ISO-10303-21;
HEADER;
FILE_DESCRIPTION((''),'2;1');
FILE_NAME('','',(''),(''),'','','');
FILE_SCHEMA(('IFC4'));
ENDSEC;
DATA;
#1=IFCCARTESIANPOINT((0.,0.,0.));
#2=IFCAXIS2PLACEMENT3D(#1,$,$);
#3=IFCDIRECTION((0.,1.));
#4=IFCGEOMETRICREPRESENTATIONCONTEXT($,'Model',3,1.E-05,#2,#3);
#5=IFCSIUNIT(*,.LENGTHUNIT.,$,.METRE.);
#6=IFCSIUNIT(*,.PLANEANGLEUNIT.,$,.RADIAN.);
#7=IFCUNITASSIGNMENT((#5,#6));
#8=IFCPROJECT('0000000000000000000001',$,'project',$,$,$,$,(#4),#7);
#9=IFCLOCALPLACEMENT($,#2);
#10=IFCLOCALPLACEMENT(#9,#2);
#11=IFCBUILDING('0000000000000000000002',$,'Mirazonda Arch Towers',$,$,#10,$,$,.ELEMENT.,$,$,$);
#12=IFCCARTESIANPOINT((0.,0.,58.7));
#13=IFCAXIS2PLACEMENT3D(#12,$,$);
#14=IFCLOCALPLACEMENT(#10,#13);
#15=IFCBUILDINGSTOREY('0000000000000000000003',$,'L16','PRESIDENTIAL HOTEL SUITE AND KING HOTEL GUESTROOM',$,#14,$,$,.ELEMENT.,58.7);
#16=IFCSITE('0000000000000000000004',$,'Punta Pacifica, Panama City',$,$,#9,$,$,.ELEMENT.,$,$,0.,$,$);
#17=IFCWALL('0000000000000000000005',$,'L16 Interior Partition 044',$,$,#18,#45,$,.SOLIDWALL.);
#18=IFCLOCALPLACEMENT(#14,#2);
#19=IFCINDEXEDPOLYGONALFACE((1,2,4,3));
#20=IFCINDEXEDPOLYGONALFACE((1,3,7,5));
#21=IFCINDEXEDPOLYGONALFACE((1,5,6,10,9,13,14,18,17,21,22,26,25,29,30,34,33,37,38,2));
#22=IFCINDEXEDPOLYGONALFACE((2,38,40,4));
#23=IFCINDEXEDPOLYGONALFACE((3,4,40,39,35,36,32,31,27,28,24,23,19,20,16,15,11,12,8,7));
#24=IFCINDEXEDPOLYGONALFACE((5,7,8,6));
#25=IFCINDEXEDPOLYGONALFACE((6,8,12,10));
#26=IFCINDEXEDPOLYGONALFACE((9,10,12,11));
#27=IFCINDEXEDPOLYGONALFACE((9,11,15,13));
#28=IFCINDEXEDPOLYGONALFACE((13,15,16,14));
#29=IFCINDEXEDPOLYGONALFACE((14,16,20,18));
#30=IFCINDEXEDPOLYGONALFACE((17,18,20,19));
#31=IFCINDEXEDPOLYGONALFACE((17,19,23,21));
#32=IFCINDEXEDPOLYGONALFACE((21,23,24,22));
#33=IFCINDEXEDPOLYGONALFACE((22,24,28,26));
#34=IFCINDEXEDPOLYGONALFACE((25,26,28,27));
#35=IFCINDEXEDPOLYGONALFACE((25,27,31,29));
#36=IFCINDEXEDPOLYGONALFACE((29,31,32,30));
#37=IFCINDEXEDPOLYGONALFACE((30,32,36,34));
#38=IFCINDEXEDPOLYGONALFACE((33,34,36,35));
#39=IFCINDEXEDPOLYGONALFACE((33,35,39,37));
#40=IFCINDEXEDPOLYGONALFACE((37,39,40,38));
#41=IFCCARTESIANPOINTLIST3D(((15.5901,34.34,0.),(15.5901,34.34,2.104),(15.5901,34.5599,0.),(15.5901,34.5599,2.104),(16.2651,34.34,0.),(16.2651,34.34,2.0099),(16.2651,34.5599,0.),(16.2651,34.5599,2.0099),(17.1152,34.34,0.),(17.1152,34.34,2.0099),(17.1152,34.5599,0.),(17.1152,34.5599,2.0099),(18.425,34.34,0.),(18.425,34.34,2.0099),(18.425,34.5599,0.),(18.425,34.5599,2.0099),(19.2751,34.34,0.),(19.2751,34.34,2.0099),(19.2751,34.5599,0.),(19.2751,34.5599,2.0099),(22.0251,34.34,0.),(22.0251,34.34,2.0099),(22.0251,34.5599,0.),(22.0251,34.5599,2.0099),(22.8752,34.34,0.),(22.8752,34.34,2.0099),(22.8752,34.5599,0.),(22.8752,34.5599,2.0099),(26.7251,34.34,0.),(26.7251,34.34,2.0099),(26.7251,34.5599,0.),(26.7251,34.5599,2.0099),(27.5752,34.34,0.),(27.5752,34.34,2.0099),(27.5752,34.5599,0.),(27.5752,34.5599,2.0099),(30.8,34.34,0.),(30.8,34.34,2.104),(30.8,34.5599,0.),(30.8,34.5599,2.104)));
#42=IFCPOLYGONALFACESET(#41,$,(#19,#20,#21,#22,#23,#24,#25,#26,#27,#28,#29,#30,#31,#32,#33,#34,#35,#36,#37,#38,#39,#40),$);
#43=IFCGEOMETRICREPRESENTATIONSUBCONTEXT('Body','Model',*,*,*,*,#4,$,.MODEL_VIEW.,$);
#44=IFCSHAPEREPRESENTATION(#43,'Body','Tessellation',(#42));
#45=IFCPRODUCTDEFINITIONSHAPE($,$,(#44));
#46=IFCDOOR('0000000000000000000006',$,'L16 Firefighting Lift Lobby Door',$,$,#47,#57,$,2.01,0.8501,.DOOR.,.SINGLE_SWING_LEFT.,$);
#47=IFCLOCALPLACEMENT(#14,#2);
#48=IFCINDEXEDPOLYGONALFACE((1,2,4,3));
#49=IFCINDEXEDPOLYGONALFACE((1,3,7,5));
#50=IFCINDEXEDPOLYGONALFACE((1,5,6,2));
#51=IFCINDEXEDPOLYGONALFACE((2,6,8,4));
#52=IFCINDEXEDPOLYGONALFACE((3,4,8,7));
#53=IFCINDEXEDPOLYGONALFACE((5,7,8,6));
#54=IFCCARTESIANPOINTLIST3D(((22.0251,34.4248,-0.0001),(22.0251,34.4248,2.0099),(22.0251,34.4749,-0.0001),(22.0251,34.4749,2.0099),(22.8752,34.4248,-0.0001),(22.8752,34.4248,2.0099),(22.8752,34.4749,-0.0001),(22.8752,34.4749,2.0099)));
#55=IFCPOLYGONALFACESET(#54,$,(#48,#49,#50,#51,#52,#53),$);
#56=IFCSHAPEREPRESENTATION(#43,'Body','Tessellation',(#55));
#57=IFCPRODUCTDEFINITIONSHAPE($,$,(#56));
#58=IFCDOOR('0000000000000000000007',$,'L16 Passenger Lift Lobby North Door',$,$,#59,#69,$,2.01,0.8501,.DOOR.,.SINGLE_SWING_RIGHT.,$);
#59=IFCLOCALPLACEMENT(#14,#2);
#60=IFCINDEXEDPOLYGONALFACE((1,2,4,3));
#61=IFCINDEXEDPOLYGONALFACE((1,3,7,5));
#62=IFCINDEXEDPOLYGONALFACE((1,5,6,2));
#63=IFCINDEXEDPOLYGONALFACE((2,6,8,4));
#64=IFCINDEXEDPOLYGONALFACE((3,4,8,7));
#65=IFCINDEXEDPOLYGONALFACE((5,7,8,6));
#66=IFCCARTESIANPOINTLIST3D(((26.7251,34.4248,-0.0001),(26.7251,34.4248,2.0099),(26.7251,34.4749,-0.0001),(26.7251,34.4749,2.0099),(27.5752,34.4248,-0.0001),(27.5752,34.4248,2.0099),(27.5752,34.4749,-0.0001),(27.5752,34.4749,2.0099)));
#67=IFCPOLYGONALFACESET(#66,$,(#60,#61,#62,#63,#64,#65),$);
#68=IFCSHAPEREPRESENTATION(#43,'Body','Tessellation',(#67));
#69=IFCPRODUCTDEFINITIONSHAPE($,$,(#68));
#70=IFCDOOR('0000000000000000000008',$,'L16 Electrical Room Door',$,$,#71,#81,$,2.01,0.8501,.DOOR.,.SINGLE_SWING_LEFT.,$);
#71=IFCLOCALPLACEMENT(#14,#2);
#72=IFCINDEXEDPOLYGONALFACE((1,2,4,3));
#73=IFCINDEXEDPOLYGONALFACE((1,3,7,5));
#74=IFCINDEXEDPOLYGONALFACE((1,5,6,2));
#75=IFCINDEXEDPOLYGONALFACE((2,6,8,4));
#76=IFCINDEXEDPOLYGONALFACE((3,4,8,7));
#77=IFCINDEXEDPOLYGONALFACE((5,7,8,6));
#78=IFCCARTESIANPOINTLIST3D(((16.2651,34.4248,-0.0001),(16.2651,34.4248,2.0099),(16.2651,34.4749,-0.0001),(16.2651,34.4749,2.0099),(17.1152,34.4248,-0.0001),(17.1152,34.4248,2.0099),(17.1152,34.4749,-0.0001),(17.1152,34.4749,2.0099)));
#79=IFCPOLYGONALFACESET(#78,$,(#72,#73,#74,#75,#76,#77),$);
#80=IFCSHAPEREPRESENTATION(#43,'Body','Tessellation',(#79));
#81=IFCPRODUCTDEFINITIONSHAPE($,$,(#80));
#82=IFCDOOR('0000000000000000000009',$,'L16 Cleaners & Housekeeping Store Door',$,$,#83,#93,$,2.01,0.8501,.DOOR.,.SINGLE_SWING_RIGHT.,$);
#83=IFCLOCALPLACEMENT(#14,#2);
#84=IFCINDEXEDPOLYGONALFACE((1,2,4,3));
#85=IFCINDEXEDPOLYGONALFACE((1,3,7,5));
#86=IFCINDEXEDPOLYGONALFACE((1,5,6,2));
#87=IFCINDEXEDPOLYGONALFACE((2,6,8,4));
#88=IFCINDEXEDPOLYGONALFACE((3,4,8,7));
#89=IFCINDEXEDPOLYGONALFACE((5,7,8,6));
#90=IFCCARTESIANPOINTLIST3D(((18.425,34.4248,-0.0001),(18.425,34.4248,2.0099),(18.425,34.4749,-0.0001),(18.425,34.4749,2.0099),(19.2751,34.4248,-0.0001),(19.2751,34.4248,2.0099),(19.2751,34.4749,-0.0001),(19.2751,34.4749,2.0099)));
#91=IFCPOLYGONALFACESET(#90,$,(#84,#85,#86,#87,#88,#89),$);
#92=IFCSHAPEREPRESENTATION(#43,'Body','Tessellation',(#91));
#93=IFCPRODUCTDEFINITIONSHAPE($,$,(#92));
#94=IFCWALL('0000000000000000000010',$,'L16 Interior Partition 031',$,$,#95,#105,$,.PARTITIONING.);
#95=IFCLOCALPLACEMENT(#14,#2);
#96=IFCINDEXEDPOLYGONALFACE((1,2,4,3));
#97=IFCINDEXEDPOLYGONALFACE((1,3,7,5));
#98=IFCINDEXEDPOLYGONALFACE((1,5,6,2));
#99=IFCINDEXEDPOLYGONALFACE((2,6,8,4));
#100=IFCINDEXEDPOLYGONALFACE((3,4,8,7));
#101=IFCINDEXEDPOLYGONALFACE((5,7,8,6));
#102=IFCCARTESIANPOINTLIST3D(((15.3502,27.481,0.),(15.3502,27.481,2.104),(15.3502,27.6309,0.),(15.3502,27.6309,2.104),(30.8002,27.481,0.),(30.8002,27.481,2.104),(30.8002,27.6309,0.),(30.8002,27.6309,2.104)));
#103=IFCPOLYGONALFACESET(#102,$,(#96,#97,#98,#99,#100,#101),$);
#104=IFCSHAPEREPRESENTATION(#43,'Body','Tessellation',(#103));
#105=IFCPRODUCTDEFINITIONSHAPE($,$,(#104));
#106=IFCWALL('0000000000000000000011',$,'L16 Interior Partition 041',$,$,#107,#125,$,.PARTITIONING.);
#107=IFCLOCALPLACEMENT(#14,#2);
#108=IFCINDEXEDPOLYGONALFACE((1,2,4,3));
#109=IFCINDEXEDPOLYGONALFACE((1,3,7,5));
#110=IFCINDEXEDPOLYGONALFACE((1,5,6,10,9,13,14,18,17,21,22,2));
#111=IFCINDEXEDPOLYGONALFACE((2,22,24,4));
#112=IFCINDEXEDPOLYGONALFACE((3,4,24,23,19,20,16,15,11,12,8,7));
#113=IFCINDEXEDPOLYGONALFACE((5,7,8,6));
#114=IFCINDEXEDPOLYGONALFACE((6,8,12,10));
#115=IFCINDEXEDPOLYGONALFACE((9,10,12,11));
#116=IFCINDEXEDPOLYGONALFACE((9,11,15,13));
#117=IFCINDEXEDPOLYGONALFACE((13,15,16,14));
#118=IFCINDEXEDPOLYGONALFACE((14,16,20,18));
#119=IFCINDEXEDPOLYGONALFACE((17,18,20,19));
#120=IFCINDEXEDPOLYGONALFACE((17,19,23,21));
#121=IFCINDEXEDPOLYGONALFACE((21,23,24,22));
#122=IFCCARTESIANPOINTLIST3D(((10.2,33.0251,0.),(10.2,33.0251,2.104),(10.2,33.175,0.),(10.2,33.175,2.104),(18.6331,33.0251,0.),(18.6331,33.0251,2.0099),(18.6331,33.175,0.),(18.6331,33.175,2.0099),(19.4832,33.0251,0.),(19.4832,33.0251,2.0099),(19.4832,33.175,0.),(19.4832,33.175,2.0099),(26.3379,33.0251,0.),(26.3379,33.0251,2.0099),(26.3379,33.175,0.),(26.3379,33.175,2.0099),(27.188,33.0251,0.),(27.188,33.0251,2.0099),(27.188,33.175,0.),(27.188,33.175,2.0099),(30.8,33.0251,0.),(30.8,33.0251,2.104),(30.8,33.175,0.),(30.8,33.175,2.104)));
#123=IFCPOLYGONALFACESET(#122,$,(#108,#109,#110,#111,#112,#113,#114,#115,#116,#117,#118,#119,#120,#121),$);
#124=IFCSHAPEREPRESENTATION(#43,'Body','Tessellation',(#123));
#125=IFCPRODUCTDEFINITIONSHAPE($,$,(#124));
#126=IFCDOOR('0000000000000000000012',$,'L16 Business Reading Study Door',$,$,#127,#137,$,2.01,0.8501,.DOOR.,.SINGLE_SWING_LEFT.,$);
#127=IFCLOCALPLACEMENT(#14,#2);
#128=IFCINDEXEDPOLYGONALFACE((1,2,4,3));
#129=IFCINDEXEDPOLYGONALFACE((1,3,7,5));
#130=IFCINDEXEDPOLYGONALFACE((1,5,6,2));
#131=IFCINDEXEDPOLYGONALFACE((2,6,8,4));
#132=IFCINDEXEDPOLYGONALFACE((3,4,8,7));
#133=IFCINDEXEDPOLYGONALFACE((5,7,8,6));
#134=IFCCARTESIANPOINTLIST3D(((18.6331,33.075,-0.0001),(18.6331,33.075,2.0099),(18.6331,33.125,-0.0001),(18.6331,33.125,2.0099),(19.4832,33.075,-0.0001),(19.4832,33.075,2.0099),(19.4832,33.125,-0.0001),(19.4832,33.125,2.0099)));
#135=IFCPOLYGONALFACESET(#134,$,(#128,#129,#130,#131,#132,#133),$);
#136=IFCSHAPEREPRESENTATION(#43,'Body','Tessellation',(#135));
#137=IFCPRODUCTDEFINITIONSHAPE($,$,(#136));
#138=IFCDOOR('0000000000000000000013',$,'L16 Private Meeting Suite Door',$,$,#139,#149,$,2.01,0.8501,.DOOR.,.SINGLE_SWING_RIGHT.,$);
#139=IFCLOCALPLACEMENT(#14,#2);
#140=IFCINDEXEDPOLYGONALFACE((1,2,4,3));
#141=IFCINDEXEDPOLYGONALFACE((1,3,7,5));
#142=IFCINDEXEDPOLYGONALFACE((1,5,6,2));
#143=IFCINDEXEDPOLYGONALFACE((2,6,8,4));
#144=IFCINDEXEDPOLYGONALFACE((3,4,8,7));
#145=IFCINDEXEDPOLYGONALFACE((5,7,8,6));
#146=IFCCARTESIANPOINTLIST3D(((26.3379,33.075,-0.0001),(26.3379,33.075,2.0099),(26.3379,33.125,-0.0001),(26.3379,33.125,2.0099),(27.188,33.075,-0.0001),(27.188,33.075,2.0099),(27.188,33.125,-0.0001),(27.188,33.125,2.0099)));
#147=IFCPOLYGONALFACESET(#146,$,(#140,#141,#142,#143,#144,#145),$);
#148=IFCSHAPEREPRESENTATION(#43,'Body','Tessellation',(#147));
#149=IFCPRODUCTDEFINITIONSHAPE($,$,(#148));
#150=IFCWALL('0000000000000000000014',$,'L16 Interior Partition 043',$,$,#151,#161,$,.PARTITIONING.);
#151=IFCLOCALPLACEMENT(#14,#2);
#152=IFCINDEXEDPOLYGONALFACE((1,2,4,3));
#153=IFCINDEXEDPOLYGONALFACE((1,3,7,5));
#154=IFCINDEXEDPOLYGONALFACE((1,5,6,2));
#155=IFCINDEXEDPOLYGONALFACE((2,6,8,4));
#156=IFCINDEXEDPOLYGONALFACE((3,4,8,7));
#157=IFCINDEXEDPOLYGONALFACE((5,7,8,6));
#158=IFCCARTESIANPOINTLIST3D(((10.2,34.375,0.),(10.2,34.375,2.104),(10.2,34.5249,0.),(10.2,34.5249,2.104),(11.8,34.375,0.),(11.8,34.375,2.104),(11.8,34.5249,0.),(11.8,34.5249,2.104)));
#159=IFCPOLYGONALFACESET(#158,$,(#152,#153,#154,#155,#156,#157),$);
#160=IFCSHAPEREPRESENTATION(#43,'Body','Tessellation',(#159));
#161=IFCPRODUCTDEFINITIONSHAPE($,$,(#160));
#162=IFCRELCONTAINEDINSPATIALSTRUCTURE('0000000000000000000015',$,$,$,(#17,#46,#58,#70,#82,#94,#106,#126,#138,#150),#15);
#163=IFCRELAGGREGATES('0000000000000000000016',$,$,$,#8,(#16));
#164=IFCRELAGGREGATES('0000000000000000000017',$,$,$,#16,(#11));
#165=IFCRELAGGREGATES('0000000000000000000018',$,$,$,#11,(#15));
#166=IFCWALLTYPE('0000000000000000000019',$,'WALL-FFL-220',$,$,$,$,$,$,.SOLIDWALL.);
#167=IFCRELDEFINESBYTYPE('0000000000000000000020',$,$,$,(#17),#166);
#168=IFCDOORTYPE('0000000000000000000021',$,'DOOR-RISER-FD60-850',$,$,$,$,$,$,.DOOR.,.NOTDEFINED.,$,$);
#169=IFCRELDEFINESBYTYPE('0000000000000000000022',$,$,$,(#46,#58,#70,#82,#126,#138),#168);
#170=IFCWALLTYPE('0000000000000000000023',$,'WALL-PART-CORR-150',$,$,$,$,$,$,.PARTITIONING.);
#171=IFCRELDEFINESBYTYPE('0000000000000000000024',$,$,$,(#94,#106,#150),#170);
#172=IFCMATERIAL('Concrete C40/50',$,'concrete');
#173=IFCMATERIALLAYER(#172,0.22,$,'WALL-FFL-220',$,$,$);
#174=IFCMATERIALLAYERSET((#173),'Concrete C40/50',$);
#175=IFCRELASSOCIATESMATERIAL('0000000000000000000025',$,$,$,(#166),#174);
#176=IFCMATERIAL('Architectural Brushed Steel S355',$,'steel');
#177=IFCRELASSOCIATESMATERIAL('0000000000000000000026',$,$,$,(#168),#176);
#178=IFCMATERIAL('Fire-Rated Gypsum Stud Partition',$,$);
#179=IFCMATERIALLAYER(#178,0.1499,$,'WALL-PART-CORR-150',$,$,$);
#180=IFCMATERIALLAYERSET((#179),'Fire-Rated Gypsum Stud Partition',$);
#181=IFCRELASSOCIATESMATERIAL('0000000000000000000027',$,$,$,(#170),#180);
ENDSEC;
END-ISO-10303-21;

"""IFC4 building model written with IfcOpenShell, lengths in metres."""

from ifc_helpers import new_model, si_unit, direction, frame, frame_2d, origin, place, context, subcontext, project, spatial, rectangle, extrude, material, layer, layer_set, type_object, element, fill, save


model = new_model("IFC4")

# Units and contexts
model_context = context("Model", 3, precision=1e-05, world=origin(), true_north=direction((0.0, 1.0)))
body_context = subcontext(model_context, "Body", "Model", "MODEL_VIEW")
ifc_project = project(units=[si_unit("LENGTHUNIT", "METRE"), si_unit("PLANEANGLEUNIT", "RADIAN")], contexts=[model_context])

# Site, building, storey
site_placement = place(None, origin())
site = spatial("IfcSite", under=ifc_project, at=site_placement, Name="Punta Pacifica, Panama City", CompositionType="ELEMENT", RefElevation=0.0)
building_placement = place(site_placement, origin())
building = spatial("IfcBuilding", under=site, at=building_placement, Name="Mirazonda Arch Towers", CompositionType="ELEMENT")
storey_placement = place(building_placement, frame((0.0, 0.0, 58.7)))
storey = spatial("IfcBuildingStorey", under=building, at=storey_placement, Name="L16", Description="PRESIDENTIAL HOTEL SUITE AND KING HOTEL GUESTROOM", CompositionType="ELEMENT", Elevation=58.7)

# Wall, openings, doors
ifc_material_1 = material(Name="Architectural Brushed Steel S355", Category="steel")
ifc_material_2 = material(Name="Concrete C40/50", Category="concrete")
ifc_layer_1 = layer(ifc_material_2, 0.22, Name="WALL-FFL-220")
ifc_layer_set_1 = layer_set([ifc_layer_1], Name="Concrete C40/50")
wall_type_1 = type_object("IfcWallType", Name="WALL-FFL-220", PredefinedType="SOLIDWALL", material=ifc_layer_set_1)
wall_1_placement = place(storey_placement, frame((15.5901, 34.45, 0.0), z_axis=(0.0, 0.0, 1.0), x_axis=(1.0, 0.0, 0.0)))
wall_1 = element("IfcWall", 1, at=wall_1_placement, inside=storey, type_object=wall_type_1, Name="L16 Interior Partition 044", PredefinedType="SOLIDWALL", context=body_context, shape_type="SweptSolid", body=[
    extrude(rectangle(XDim=15.21, YDim=0.22, at=frame_2d((7.605, 0.0))), origin(), (0.0, 0.0, 1.0), 2.104),
])
opening_1_placement = place(wall_1_placement, frame((6.4351, 0.0, 0.0)))
opening_1 = element("IfcOpeningElement", 2, at=opening_1_placement, cuts=wall_1, PredefinedType="OPENING", context=body_context, shape_type="SweptSolid", body=[
    extrude(rectangle(XDim=0.8501, YDim=2.01, at=frame_2d((0.425, 1.0049))), frame((0.0, 0.1199, 0.0), z_axis=(0.0, -1.0, 0.0), x_axis=(1.0, 0.0, 0.0)), (0.0, 0.0, 1.0), 0.24),
])
opening_2_placement = place(wall_1_placement, frame((11.135, 0.0, 0.0)))
opening_2 = element("IfcOpeningElement", 3, at=opening_2_placement, cuts=wall_1, PredefinedType="OPENING", context=body_context, shape_type="SweptSolid", body=[
    extrude(rectangle(XDim=0.8501, YDim=2.01, at=frame_2d((0.425, 1.0049))), frame((0.0, 0.1199, 0.0), z_axis=(0.0, -1.0, 0.0), x_axis=(1.0, 0.0, 0.0)), (0.0, 0.0, 1.0), 0.24),
])
opening_3_placement = place(wall_1_placement, frame((0.675, 0.0, 0.0)))
opening_3 = element("IfcOpeningElement", 4, at=opening_3_placement, cuts=wall_1, PredefinedType="OPENING", context=body_context, shape_type="SweptSolid", body=[
    extrude(rectangle(XDim=0.8501, YDim=2.01, at=frame_2d((0.425, 1.0049))), frame((0.0, 0.1199, 0.0), z_axis=(0.0, -1.0, 0.0), x_axis=(1.0, 0.0, 0.0)), (0.0, 0.0, 1.0), 0.24),
])
opening_4_placement = place(wall_1_placement, frame((2.835, 0.0, 0.0)))
opening_4 = element("IfcOpeningElement", 5, at=opening_4_placement, cuts=wall_1, PredefinedType="OPENING", context=body_context, shape_type="SweptSolid", body=[
    extrude(rectangle(XDim=0.8501, YDim=2.01, at=frame_2d((0.425, 1.0049))), frame((0.0, 0.1199, 0.0), z_axis=(0.0, -1.0, 0.0), x_axis=(1.0, 0.0, 0.0)), (0.0, 0.0, 1.0), 0.24),
])
door_type_1 = type_object("IfcDoorType", Name="DOOR-RISER-FD60-850", OperationType="NOTDEFINED", PredefinedType="DOOR", material=ifc_material_1)
door_1_placement = place(opening_1_placement, origin())
door_1 = element("IfcDoor", 6, at=door_1_placement, inside=storey, type_object=door_type_1, Name="L16 Firefighting Lift Lobby Door", OperationType="SINGLE_SWING_LEFT", OverallHeight=2.01, OverallWidth=0.8501, PredefinedType="DOOR", context=body_context, shape_type="SweptSolid", body=[
    extrude(rectangle(XDim=0.8501, YDim=2.01, at=frame_2d((0.425, 1.0049))), frame((0.0, 0.0249, 0.0), z_axis=(0.0, -1.0, 0.0), x_axis=(1.0, 0.0, 0.0)), (0.0, 0.0, 1.0), 0.05),
])
fill(opening_1, door_1)
door_2_placement = place(opening_2_placement, origin())
door_2 = element("IfcDoor", 7, at=door_2_placement, inside=storey, type_object=door_type_1, Name="L16 Passenger Lift Lobby North Door", OperationType="SINGLE_SWING_RIGHT", OverallHeight=2.01, OverallWidth=0.8501, PredefinedType="DOOR", context=body_context, shape_type="SweptSolid", body=[
    extrude(rectangle(XDim=0.8501, YDim=2.01, at=frame_2d((0.425, 1.0049))), frame((0.0, 0.0249, 0.0), z_axis=(0.0, -1.0, 0.0), x_axis=(1.0, 0.0, 0.0)), (0.0, 0.0, 1.0), 0.05),
])
fill(opening_2, door_2)
door_3_placement = place(opening_3_placement, origin())
door_3 = element("IfcDoor", 8, at=door_3_placement, inside=storey, type_object=door_type_1, Name="L16 Electrical Room Door", OperationType="SINGLE_SWING_LEFT", OverallHeight=2.01, OverallWidth=0.8501, PredefinedType="DOOR", context=body_context, shape_type="SweptSolid", body=[
    extrude(rectangle(XDim=0.8501, YDim=2.01, at=frame_2d((0.425, 1.0049))), frame((0.0, 0.0249, 0.0), z_axis=(0.0, -1.0, 0.0), x_axis=(1.0, 0.0, 0.0)), (0.0, 0.0, 1.0), 0.05),
])
fill(opening_3, door_3)
door_4_placement = place(opening_4_placement, origin())
door_4 = element("IfcDoor", 9, at=door_4_placement, inside=storey, type_object=door_type_1, Name="L16 Cleaners & Housekeeping Store Door", OperationType="SINGLE_SWING_RIGHT", OverallHeight=2.01, OverallWidth=0.8501, PredefinedType="DOOR", context=body_context, shape_type="SweptSolid", body=[
    extrude(rectangle(XDim=0.8501, YDim=2.01, at=frame_2d((0.425, 1.0049))), frame((0.0, 0.0249, 0.0), z_axis=(0.0, -1.0, 0.0), x_axis=(1.0, 0.0, 0.0)), (0.0, 0.0, 1.0), 0.05),
])
fill(opening_4, door_4)

# Wall
ifc_material_3 = material(Name="Fire-Rated Gypsum Stud Partition")
ifc_layer_2 = layer(ifc_material_3, 0.1499, Name="WALL-PART-CORR-150")
ifc_layer_set_2 = layer_set([ifc_layer_2], Name="Fire-Rated Gypsum Stud Partition")
wall_type_2 = type_object("IfcWallType", Name="WALL-PART-CORR-150", PredefinedType="PARTITIONING", material=ifc_layer_set_2)
wall_2_placement = place(storey_placement, frame((15.3501, 27.5559, 0.0), z_axis=(0.0, 0.0, 1.0), x_axis=(1.0, 0.0, 0.0)))
element("IfcWall", 10, at=wall_2_placement, inside=storey, type_object=wall_type_2, Name="L16 Interior Partition 031", PredefinedType="PARTITIONING", context=body_context, shape_type="SweptSolid", body=[
    extrude(rectangle(XDim=15.45, YDim=0.1499, at=frame_2d((7.7251, 0.0))), origin(), (0.0, 0.0, 1.0), 2.104),
])

# Wall, openings, doors
wall_3_placement = place(storey_placement, frame((10.2, 33.1001, 0.0), z_axis=(0.0, 0.0, 1.0), x_axis=(1.0, 0.0, 0.0)))
wall_3 = element("IfcWall", 11, at=wall_3_placement, inside=storey, type_object=wall_type_2, Name="L16 Interior Partition 041", PredefinedType="PARTITIONING", context=body_context, shape_type="SweptSolid", body=[
    extrude(rectangle(XDim=20.6001, YDim=0.1499, at=frame_2d((10.3, 0.0))), origin(), (0.0, 0.0, 1.0), 2.104),
])
opening_5_placement = place(wall_3_placement, frame((8.4331, 0.0, 0.0)))
opening_5 = element("IfcOpeningElement", 12, at=opening_5_placement, cuts=wall_3, PredefinedType="OPENING", context=body_context, shape_type="SweptSolid", body=[
    extrude(rectangle(XDim=0.8501, YDim=2.01, at=frame_2d((0.425, 1.0049))), frame((0.0, 0.085, 0.0), z_axis=(0.0, -1.0, 0.0), x_axis=(1.0, 0.0, 0.0)), (0.0, 0.0, 1.0), 0.1699),
])
opening_6_placement = place(wall_3_placement, frame((16.1379, 0.0, 0.0)))
opening_6 = element("IfcOpeningElement", 13, at=opening_6_placement, cuts=wall_3, PredefinedType="OPENING", context=body_context, shape_type="SweptSolid", body=[
    extrude(rectangle(XDim=0.8501, YDim=2.01, at=frame_2d((0.425, 1.0049))), frame((0.0, 0.085, 0.0), z_axis=(0.0, -1.0, 0.0), x_axis=(1.0, 0.0, 0.0)), (0.0, 0.0, 1.0), 0.1699),
])
door_5_placement = place(opening_5_placement, origin())
door_5 = element("IfcDoor", 14, at=door_5_placement, inside=storey, type_object=door_type_1, Name="L16 Business Reading Study Door", OperationType="SINGLE_SWING_LEFT", OverallHeight=2.01, OverallWidth=0.8501, PredefinedType="DOOR", context=body_context, shape_type="SweptSolid", body=[
    extrude(rectangle(XDim=0.8501, YDim=2.01, at=frame_2d((0.425, 1.0049))), frame((0.0, 0.0249, 0.0), z_axis=(0.0, -1.0, 0.0), x_axis=(1.0, 0.0, 0.0)), (0.0, 0.0, 1.0), 0.05),
])
fill(opening_5, door_5)
door_6_placement = place(opening_6_placement, origin())
door_6 = element("IfcDoor", 15, at=door_6_placement, inside=storey, type_object=door_type_1, Name="L16 Private Meeting Suite Door", OperationType="SINGLE_SWING_RIGHT", OverallHeight=2.01, OverallWidth=0.8501, PredefinedType="DOOR", context=body_context, shape_type="SweptSolid", body=[
    extrude(rectangle(XDim=0.8501, YDim=2.01, at=frame_2d((0.425, 1.0049))), frame((0.0, 0.0249, 0.0), z_axis=(0.0, -1.0, 0.0), x_axis=(1.0, 0.0, 0.0)), (0.0, 0.0, 1.0), 0.05),
])
fill(opening_6, door_6)

# Wall
wall_4_placement = place(storey_placement, frame((10.2, 34.45, 0.0), z_axis=(0.0, 0.0, 1.0), x_axis=(1.0, 0.0, 0.0)))
element("IfcWall", 16, at=wall_4_placement, inside=storey, type_object=wall_type_2, Name="L16 Interior Partition 043", PredefinedType="PARTITIONING", context=body_context, shape_type="SweptSolid", body=[
    extrude(rectangle(XDim=1.6001, YDim=0.1499, at=frame_2d((0.8, 0.0))), origin(), (0.0, 0.0, 1.0), 2.104),
])

save(model, "model.ifc")
